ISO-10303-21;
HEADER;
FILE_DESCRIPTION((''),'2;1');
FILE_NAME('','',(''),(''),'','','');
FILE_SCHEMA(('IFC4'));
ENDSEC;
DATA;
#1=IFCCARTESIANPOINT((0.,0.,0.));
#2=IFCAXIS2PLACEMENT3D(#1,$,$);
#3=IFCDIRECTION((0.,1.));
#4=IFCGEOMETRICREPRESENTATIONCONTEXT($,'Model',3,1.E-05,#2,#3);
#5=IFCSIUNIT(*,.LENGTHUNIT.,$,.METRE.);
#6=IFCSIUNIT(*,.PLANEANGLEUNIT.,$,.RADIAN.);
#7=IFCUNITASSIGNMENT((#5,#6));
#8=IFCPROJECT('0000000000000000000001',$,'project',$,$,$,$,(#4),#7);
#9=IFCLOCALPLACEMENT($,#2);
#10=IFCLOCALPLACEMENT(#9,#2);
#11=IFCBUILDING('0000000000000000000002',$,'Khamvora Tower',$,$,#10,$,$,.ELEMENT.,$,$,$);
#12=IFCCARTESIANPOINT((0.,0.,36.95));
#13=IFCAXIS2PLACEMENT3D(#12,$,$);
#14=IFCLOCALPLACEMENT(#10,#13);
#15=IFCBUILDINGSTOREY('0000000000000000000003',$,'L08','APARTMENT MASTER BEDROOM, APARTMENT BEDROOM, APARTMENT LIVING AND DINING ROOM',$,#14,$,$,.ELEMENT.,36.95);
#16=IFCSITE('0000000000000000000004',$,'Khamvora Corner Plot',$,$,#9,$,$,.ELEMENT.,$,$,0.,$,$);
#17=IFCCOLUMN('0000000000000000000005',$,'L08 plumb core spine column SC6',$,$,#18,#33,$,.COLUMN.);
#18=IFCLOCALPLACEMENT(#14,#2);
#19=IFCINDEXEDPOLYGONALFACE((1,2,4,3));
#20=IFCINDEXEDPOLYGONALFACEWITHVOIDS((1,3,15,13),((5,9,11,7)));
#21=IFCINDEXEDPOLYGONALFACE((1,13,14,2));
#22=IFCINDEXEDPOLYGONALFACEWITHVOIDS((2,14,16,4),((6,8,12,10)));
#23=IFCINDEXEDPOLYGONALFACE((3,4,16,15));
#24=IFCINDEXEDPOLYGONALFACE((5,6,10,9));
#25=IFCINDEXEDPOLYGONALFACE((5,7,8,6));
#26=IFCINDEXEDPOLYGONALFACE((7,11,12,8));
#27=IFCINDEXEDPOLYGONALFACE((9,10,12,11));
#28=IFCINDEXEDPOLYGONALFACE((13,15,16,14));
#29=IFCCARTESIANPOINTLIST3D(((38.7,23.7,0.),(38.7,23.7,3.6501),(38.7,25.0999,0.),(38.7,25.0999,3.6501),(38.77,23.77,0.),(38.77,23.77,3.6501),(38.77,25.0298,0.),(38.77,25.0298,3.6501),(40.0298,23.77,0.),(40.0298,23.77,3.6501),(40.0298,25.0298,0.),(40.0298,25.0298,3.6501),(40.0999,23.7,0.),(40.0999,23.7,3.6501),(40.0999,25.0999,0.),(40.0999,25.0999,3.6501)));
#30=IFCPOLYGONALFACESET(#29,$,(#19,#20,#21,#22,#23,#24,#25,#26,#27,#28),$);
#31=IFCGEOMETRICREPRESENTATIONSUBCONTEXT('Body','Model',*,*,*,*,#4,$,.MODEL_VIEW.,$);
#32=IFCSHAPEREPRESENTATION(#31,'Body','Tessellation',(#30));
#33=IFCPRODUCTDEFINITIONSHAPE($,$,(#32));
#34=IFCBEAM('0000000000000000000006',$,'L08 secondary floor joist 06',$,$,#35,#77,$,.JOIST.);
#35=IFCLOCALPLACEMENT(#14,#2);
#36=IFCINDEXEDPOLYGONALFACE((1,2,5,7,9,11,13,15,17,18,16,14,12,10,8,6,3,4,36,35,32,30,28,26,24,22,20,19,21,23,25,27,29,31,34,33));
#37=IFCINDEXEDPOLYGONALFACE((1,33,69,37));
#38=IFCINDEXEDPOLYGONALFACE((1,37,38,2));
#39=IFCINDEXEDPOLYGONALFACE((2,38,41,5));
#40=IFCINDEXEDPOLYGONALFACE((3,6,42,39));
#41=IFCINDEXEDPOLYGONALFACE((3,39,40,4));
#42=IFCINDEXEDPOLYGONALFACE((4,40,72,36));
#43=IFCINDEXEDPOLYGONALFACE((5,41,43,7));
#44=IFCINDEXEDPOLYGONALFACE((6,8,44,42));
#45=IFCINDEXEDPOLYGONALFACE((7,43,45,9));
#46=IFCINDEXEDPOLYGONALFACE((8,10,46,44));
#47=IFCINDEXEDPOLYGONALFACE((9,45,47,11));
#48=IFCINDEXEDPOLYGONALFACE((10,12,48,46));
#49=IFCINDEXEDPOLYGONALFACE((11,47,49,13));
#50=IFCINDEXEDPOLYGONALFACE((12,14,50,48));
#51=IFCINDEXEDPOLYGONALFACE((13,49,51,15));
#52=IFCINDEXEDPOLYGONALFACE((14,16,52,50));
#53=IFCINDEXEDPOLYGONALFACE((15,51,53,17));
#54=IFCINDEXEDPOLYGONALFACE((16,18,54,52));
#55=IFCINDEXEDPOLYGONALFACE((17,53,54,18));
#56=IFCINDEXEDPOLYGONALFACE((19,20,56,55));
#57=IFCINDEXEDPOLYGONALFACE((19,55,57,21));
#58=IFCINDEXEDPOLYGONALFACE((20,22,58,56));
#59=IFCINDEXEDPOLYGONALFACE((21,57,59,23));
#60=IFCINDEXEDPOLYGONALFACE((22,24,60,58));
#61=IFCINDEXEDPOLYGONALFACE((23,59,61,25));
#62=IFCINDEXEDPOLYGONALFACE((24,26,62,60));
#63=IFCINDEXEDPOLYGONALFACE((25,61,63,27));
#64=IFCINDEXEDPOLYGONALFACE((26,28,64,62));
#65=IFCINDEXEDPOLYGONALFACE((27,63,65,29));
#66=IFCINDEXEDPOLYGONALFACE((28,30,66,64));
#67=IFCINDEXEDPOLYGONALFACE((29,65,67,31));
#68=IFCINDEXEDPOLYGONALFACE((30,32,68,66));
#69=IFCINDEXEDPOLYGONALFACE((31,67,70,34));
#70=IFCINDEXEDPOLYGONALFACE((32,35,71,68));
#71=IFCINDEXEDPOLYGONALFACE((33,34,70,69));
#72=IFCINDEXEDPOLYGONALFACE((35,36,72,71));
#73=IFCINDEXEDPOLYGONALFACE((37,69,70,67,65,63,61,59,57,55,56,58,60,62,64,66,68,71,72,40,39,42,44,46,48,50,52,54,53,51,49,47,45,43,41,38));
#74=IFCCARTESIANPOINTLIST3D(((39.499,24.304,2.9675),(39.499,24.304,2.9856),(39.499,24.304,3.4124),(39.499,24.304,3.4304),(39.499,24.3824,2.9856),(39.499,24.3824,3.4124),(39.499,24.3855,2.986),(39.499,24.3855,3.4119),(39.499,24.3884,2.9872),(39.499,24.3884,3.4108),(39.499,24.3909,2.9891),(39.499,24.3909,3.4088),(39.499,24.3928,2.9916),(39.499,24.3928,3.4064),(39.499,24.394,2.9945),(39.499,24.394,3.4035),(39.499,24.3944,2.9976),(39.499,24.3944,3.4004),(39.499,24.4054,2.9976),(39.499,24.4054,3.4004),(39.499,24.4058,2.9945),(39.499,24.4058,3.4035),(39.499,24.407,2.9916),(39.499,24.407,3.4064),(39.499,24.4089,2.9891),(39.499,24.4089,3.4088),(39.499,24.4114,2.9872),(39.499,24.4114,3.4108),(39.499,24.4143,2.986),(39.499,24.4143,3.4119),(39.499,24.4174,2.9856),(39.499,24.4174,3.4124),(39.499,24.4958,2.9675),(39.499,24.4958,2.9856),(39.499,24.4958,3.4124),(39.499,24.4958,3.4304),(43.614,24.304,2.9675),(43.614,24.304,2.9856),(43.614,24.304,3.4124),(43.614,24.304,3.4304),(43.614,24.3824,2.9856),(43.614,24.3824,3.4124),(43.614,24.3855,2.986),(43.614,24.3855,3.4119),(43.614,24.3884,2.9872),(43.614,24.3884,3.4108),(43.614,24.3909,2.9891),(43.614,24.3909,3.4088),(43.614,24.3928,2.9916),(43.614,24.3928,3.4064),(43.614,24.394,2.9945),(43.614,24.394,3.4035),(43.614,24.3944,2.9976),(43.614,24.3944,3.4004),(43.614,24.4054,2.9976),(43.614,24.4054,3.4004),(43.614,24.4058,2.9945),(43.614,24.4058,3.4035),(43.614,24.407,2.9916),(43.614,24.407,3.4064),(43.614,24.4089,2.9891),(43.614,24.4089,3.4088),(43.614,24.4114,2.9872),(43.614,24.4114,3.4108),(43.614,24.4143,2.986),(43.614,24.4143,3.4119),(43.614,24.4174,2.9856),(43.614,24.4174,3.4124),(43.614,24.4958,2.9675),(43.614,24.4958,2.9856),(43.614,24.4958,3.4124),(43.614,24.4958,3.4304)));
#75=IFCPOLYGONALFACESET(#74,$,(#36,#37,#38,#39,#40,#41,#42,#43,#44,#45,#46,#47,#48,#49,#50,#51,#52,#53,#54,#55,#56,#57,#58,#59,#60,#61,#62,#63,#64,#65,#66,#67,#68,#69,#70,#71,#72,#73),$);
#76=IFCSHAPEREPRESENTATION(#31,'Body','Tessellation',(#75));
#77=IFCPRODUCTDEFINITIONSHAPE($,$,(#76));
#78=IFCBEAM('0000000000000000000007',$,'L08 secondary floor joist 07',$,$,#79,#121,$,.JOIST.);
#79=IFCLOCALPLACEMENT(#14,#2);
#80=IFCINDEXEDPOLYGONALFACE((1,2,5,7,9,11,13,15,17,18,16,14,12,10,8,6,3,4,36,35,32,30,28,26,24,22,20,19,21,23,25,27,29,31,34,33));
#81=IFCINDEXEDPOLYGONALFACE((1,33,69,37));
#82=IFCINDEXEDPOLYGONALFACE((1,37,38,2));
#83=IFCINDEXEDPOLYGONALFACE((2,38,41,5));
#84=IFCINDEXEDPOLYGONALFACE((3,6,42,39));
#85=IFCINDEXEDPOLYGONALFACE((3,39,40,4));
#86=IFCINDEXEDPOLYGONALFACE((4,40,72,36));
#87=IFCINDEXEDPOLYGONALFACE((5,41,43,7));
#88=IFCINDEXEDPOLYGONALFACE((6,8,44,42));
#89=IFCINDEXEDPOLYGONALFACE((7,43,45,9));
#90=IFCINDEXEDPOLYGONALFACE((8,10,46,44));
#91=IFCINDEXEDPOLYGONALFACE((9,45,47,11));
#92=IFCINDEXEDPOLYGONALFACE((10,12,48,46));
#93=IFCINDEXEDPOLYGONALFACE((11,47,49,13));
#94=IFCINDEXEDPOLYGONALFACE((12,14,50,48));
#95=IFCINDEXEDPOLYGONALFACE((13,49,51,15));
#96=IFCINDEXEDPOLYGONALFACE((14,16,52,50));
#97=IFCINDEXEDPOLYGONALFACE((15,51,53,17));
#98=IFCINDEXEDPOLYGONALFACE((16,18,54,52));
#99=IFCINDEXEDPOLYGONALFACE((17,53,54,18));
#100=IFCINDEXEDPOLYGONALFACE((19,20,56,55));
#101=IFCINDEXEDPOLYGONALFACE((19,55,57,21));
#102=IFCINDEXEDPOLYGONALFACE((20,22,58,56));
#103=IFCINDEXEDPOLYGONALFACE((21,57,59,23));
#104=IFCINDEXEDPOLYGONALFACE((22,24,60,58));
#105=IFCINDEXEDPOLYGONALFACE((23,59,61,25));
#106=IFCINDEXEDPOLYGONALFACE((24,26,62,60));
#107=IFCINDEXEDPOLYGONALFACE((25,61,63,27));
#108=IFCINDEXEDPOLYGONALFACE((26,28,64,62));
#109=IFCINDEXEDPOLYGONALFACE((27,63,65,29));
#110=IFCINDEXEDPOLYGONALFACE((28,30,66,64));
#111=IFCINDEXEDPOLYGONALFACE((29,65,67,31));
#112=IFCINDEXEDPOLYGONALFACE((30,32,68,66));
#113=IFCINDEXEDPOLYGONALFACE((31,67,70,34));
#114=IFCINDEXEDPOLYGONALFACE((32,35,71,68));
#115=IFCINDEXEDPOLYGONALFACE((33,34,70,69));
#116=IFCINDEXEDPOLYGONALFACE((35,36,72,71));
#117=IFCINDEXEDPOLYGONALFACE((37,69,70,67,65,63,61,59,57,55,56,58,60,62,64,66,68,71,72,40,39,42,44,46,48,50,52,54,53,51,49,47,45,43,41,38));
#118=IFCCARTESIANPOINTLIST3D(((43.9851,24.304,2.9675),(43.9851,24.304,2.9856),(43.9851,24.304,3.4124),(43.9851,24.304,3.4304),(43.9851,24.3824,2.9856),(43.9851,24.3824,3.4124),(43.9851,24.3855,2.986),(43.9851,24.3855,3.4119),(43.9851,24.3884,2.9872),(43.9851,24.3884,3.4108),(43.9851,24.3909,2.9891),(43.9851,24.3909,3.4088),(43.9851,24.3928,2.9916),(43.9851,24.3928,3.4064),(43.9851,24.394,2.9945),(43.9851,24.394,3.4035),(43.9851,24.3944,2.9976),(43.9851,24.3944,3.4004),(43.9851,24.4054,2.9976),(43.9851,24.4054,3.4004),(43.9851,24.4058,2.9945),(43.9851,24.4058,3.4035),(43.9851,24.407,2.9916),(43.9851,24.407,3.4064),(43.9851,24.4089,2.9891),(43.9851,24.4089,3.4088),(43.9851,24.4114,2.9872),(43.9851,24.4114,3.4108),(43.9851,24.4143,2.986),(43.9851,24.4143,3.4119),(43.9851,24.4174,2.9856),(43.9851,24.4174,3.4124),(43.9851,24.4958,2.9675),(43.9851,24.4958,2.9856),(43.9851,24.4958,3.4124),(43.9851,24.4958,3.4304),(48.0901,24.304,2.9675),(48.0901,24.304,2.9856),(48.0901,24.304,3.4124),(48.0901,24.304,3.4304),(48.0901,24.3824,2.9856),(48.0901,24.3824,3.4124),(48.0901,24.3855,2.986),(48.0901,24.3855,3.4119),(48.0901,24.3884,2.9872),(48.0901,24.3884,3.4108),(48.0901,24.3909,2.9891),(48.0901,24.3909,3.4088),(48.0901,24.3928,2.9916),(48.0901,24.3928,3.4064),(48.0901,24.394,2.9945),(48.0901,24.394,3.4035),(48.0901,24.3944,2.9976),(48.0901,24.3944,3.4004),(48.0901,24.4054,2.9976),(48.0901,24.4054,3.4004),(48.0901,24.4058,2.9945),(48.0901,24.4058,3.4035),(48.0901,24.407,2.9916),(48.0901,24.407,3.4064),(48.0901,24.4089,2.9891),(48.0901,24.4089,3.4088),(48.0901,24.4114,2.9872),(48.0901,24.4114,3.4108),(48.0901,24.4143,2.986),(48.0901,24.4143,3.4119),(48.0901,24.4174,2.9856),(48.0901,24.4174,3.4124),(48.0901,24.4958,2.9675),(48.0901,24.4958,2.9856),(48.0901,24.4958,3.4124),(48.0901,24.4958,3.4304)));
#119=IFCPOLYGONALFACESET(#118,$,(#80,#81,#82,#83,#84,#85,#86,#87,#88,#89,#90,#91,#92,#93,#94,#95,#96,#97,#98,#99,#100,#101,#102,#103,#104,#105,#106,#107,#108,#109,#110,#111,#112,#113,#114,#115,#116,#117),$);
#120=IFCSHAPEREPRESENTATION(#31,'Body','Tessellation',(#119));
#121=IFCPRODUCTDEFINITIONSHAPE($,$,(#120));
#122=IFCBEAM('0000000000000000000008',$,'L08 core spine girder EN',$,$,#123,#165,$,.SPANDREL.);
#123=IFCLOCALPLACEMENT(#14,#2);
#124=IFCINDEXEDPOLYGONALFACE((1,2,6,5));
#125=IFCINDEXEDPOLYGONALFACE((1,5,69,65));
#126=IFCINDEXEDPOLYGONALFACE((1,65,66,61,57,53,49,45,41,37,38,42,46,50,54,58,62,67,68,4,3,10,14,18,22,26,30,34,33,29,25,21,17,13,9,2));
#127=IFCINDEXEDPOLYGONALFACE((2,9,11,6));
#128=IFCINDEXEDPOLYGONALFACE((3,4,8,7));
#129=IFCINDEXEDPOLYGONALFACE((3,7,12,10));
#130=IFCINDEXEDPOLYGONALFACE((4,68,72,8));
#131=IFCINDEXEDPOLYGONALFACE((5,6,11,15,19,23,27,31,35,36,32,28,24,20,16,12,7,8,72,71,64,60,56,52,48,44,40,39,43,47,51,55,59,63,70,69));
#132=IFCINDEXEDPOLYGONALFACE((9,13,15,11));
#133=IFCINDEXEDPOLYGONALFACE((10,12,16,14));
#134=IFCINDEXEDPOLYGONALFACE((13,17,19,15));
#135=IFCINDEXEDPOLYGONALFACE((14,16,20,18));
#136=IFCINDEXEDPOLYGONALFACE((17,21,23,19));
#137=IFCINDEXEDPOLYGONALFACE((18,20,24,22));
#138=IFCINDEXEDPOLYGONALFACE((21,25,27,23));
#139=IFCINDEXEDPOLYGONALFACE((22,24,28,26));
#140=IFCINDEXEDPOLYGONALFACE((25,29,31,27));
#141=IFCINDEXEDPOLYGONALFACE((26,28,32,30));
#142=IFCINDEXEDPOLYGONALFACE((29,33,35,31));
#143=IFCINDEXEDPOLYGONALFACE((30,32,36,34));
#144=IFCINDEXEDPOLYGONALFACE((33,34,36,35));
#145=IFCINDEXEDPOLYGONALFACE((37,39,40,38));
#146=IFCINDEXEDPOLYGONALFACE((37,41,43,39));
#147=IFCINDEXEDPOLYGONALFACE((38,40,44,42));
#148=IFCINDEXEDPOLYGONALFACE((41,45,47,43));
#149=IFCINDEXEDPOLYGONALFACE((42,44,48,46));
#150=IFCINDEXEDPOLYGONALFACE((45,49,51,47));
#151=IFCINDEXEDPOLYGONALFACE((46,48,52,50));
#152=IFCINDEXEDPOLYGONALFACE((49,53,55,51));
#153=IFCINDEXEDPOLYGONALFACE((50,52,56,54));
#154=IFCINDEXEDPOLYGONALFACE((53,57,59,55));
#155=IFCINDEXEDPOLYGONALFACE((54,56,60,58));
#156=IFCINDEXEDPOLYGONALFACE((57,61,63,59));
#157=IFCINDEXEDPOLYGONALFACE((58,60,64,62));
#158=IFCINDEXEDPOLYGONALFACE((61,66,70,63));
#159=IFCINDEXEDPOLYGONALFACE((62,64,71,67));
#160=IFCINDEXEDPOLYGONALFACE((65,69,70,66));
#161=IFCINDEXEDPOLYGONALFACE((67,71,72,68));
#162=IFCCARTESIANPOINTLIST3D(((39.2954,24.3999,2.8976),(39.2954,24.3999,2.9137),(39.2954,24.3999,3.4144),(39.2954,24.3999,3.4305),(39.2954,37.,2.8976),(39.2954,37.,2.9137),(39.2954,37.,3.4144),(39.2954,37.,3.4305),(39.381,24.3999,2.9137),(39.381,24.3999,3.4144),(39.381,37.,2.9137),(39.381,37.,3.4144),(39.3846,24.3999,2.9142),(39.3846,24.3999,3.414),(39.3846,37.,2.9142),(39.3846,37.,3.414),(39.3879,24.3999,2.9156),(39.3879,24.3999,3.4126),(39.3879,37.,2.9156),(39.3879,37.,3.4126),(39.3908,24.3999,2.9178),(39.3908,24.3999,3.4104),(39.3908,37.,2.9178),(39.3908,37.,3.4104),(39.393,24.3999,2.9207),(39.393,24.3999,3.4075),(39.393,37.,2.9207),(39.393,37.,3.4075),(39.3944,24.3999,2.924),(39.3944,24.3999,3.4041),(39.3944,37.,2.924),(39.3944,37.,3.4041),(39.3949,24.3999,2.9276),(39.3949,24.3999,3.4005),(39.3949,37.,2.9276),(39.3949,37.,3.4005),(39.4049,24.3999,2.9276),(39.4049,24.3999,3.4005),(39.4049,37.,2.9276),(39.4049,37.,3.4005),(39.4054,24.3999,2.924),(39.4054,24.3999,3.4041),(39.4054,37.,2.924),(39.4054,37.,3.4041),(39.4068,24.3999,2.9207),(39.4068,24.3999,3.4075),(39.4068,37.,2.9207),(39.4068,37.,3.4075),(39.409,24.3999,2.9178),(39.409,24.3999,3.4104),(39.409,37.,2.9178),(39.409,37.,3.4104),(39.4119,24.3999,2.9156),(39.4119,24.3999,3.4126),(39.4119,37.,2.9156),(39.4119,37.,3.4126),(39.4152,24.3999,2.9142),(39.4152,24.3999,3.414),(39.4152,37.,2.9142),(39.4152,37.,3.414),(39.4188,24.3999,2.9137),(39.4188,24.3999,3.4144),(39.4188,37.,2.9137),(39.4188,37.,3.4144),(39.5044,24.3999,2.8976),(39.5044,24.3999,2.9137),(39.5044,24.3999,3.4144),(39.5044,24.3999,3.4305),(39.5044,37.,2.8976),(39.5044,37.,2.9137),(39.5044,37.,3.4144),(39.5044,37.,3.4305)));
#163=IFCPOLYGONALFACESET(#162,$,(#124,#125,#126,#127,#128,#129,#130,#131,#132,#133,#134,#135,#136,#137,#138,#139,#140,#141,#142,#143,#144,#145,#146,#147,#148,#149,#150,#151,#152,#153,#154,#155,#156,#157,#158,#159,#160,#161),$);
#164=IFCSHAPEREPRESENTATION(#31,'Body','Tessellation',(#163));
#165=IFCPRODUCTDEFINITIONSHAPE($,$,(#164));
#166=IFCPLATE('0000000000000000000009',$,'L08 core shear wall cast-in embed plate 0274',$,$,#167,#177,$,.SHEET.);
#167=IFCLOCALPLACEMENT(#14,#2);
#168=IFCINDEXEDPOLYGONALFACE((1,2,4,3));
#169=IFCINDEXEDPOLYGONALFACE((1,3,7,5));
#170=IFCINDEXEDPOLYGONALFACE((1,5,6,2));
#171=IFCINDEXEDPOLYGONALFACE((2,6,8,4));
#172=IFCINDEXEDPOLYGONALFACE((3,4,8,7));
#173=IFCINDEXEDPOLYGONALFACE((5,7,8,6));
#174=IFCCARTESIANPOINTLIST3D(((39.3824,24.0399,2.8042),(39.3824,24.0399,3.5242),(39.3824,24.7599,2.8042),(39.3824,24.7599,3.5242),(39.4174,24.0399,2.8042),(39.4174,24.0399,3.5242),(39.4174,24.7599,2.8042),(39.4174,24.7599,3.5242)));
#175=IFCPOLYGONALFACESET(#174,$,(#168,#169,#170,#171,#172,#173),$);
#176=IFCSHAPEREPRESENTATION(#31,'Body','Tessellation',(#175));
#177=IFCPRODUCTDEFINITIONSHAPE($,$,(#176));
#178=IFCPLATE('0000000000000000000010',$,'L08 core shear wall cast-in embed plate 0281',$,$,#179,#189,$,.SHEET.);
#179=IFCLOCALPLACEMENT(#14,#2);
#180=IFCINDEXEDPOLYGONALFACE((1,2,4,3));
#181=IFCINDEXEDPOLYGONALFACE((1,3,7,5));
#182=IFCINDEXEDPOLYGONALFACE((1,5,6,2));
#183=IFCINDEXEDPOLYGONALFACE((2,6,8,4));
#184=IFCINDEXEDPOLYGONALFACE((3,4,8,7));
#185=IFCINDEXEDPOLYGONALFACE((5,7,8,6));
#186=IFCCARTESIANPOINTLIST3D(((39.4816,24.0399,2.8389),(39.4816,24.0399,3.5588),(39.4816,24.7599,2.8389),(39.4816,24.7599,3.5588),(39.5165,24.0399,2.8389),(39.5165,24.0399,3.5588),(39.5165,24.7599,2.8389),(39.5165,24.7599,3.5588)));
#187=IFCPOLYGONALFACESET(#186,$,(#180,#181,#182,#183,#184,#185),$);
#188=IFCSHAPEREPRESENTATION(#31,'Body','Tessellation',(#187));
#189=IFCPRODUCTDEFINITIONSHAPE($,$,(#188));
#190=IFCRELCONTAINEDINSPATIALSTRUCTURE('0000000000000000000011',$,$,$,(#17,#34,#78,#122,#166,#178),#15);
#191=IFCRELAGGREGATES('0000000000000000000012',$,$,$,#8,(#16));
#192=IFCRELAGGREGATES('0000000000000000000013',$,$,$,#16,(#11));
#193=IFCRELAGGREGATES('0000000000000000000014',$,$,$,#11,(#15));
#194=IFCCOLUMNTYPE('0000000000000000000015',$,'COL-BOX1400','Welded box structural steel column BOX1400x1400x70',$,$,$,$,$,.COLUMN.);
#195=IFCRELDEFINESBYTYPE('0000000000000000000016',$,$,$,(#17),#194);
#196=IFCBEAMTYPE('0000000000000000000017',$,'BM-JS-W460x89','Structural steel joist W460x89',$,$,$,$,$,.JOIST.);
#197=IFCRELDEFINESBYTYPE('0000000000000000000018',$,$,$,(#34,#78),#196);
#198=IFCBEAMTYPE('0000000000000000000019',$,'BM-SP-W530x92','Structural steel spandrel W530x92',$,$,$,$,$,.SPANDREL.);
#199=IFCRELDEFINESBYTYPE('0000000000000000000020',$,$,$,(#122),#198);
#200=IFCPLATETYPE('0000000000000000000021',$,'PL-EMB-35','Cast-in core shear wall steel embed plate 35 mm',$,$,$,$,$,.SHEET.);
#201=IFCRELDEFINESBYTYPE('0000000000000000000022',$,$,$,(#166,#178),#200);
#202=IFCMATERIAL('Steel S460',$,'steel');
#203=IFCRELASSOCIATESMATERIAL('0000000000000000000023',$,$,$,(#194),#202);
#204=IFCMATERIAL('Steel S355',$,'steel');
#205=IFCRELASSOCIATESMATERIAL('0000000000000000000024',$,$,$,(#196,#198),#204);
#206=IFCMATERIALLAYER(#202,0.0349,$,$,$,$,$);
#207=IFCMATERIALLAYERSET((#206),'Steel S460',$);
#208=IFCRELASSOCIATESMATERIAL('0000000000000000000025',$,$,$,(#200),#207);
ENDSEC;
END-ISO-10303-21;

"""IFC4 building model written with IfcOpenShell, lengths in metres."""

from ifc_helpers import new_model, si_unit, direction, frame, origin, origin_2d, place, context, subcontext, project, spatial, rectangle, hollow_rectangle, i_section, extrude, material, layer, layer_set, material_profile, profile_set, type_object, element, save


model = new_model("IFC4")

# Units and contexts
model_context = context("Model", 3, precision=1e-05, world=origin(), true_north=direction((0.0, 1.0)))
body_context = subcontext(model_context, "Body", "Model", "MODEL_VIEW")
ifc_project = project(units=[si_unit("LENGTHUNIT", "METRE"), si_unit("PLANEANGLEUNIT", "RADIAN")], contexts=[model_context])

# Site, building, storey
site_placement = place(None, origin())
site = spatial("IfcSite", under=ifc_project, at=site_placement, Name="Khamvora Corner Plot", CompositionType="ELEMENT", RefElevation=0.0)
building_placement = place(site_placement, origin())
building = spatial("IfcBuilding", under=site, at=building_placement, Name="Khamvora Tower", CompositionType="ELEMENT")
storey_placement = place(building_placement, frame((0.0, 0.0, 36.95)))
storey = spatial("IfcBuildingStorey", under=building, at=storey_placement, Name="L08", Description="APARTMENT MASTER BEDROOM, APARTMENT BEDROOM, APARTMENT LIVING AND DINING ROOM", CompositionType="ELEMENT", Elevation=36.95)

# Column
ifc_material_1 = material(Name="Steel S460", Category="steel")
ifc_material_profile_1 = material_profile(ifc_material_1, hollow_rectangle(XDim=1.3999, YDim=1.3999, WallThickness=0.0701, at=origin_2d()), Name="BOX1400x1400x70")
ifc_profile_set_1 = profile_set([ifc_material_profile_1], Name="Steel S460")
column_type = type_object("IfcColumnType", Name="COL-BOX1400", Description="Welded box structural steel column BOX1400x1400x70", PredefinedType="COLUMN", material=ifc_profile_set_1)
column_placement = place(storey_placement, frame((39.3999, 24.3999, 0.0), z_axis=(0.0, 0.0, 1.0), x_axis=(1.0, 0.0, 0.0)))
element("IfcColumn", 1, at=column_placement, inside=storey, type_object=column_type, Name="L08 plumb core spine column SC6", PredefinedType="COLUMN", context=body_context, shape_type="SweptSolid", body=[
    extrude(hollow_rectangle(XDim=1.3999, YDim=1.3999, WallThickness=0.0701, at=origin_2d()), origin(), (0.0, 0.0, 1.0), 3.6501),
])

# Beams
ifc_material_2 = material(Name="Steel S355", Category="steel")
ifc_material_profile_2 = material_profile(ifc_material_2, i_section(OverallWidth=0.1919, OverallDepth=0.4629, WebThickness=0.011, FlangeThickness=0.0181, FilletRadius=0.012, at=origin_2d()), Name="W460x89")
ifc_profile_set_2 = profile_set([ifc_material_profile_2], Name="Steel S355")
beam_type_1 = type_object("IfcBeamType", Name="BM-JS-W460x89", Description="Structural steel joist W460x89", PredefinedType="JOIST", material=ifc_profile_set_2)
beam_1_placement = place(storey_placement, frame((39.499, 24.3999, 3.199), z_axis=(1.0, 0.0, 0.0), x_axis=(0.0, 1.0, 0.0)))
element("IfcBeam", 2, at=beam_1_placement, inside=storey, type_object=beam_type_1, Name="L08 secondary floor joist 06", PredefinedType="JOIST", context=body_context, shape_type="SweptSolid", body=[
    extrude(i_section(OverallWidth=0.1919, OverallDepth=0.4629, WebThickness=0.011, FlangeThickness=0.0181, FilletRadius=0.012, at=origin_2d()), origin(), (0.0, 0.0, 1.0), 4.115),
])
beam_2_placement = place(storey_placement, frame((43.9851, 24.3999, 3.199), z_axis=(1.0, 0.0, 0.0), x_axis=(0.0, 1.0, 0.0)))
element("IfcBeam", 3, at=beam_2_placement, inside=storey, type_object=beam_type_1, Name="L08 secondary floor joist 07", PredefinedType="JOIST", context=body_context, shape_type="SweptSolid", body=[
    extrude(i_section(OverallWidth=0.1919, OverallDepth=0.4629, WebThickness=0.011, FlangeThickness=0.0181, FilletRadius=0.012, at=origin_2d()), origin(), (0.0, 0.0, 1.0), 4.105),
])
ifc_material_profile_3 = material_profile(ifc_material_2, i_section(OverallWidth=0.209, OverallDepth=0.533, WebThickness=0.01, FlangeThickness=0.0161, FilletRadius=0.0139, at=origin_2d()), Name="W530x92")
ifc_profile_set_3 = profile_set([ifc_material_profile_3], Name="Steel S355")
beam_type_2 = type_object("IfcBeamType", Name="BM-SP-W530x92", Description="Structural steel spandrel W530x92", PredefinedType="SPANDREL", material=ifc_profile_set_3)
beam_3_placement = place(storey_placement, frame((39.3999, 24.3999, 3.1641), z_axis=(0.0, 1.0, 0.0), x_axis=(-1.0, 0.0, 0.0)))
element("IfcBeam", 4, at=beam_3_placement, inside=storey, type_object=beam_type_2, Name="L08 core spine girder EN", PredefinedType="SPANDREL", context=body_context, shape_type="SweptSolid", body=[
    extrude(i_section(OverallWidth=0.209, OverallDepth=0.533, WebThickness=0.01, FlangeThickness=0.0161, FilletRadius=0.0139, at=origin_2d()), origin(), (0.0, 0.0, 1.0), 12.6001),
])

# Plates
ifc_layer_1 = layer(ifc_material_1, 0.0349)
ifc_layer_set_1 = layer_set([ifc_layer_1], Name="Steel S460")
plate_type = type_object("IfcPlateType", Name="PL-EMB-35", Description="Cast-in core shear wall steel embed plate 35 mm", PredefinedType="SHEET", material=ifc_layer_set_1)
for number, where, z_axis, x_axis, name in (
    (5, (39.3999, 24.3999, 2.8042), (0.0, 0.0, 1.0), (1.0, 0.0, 0.0), "L08 core shear wall cast-in embed plate 0274"),
    (6, (39.499, 24.3999, 2.8389), (0.0, 0.0, 1.0), (1.0, 0.0, 0.0), "L08 core shear wall cast-in embed plate 0281"),
):
    element("IfcPlate", number, at=place(storey_placement, frame(where, z_axis=z_axis, x_axis=x_axis)), inside=storey, type_object=plate_type, Name=name, PredefinedType="SHEET", context=body_context, shape_type="SweptSolid", body=[
        extrude(rectangle(XDim=0.0349, YDim=0.72, at=origin_2d()), origin(), (0.0, 0.0, 1.0), 0.72),
    ])

save(model, "model.ifc")
